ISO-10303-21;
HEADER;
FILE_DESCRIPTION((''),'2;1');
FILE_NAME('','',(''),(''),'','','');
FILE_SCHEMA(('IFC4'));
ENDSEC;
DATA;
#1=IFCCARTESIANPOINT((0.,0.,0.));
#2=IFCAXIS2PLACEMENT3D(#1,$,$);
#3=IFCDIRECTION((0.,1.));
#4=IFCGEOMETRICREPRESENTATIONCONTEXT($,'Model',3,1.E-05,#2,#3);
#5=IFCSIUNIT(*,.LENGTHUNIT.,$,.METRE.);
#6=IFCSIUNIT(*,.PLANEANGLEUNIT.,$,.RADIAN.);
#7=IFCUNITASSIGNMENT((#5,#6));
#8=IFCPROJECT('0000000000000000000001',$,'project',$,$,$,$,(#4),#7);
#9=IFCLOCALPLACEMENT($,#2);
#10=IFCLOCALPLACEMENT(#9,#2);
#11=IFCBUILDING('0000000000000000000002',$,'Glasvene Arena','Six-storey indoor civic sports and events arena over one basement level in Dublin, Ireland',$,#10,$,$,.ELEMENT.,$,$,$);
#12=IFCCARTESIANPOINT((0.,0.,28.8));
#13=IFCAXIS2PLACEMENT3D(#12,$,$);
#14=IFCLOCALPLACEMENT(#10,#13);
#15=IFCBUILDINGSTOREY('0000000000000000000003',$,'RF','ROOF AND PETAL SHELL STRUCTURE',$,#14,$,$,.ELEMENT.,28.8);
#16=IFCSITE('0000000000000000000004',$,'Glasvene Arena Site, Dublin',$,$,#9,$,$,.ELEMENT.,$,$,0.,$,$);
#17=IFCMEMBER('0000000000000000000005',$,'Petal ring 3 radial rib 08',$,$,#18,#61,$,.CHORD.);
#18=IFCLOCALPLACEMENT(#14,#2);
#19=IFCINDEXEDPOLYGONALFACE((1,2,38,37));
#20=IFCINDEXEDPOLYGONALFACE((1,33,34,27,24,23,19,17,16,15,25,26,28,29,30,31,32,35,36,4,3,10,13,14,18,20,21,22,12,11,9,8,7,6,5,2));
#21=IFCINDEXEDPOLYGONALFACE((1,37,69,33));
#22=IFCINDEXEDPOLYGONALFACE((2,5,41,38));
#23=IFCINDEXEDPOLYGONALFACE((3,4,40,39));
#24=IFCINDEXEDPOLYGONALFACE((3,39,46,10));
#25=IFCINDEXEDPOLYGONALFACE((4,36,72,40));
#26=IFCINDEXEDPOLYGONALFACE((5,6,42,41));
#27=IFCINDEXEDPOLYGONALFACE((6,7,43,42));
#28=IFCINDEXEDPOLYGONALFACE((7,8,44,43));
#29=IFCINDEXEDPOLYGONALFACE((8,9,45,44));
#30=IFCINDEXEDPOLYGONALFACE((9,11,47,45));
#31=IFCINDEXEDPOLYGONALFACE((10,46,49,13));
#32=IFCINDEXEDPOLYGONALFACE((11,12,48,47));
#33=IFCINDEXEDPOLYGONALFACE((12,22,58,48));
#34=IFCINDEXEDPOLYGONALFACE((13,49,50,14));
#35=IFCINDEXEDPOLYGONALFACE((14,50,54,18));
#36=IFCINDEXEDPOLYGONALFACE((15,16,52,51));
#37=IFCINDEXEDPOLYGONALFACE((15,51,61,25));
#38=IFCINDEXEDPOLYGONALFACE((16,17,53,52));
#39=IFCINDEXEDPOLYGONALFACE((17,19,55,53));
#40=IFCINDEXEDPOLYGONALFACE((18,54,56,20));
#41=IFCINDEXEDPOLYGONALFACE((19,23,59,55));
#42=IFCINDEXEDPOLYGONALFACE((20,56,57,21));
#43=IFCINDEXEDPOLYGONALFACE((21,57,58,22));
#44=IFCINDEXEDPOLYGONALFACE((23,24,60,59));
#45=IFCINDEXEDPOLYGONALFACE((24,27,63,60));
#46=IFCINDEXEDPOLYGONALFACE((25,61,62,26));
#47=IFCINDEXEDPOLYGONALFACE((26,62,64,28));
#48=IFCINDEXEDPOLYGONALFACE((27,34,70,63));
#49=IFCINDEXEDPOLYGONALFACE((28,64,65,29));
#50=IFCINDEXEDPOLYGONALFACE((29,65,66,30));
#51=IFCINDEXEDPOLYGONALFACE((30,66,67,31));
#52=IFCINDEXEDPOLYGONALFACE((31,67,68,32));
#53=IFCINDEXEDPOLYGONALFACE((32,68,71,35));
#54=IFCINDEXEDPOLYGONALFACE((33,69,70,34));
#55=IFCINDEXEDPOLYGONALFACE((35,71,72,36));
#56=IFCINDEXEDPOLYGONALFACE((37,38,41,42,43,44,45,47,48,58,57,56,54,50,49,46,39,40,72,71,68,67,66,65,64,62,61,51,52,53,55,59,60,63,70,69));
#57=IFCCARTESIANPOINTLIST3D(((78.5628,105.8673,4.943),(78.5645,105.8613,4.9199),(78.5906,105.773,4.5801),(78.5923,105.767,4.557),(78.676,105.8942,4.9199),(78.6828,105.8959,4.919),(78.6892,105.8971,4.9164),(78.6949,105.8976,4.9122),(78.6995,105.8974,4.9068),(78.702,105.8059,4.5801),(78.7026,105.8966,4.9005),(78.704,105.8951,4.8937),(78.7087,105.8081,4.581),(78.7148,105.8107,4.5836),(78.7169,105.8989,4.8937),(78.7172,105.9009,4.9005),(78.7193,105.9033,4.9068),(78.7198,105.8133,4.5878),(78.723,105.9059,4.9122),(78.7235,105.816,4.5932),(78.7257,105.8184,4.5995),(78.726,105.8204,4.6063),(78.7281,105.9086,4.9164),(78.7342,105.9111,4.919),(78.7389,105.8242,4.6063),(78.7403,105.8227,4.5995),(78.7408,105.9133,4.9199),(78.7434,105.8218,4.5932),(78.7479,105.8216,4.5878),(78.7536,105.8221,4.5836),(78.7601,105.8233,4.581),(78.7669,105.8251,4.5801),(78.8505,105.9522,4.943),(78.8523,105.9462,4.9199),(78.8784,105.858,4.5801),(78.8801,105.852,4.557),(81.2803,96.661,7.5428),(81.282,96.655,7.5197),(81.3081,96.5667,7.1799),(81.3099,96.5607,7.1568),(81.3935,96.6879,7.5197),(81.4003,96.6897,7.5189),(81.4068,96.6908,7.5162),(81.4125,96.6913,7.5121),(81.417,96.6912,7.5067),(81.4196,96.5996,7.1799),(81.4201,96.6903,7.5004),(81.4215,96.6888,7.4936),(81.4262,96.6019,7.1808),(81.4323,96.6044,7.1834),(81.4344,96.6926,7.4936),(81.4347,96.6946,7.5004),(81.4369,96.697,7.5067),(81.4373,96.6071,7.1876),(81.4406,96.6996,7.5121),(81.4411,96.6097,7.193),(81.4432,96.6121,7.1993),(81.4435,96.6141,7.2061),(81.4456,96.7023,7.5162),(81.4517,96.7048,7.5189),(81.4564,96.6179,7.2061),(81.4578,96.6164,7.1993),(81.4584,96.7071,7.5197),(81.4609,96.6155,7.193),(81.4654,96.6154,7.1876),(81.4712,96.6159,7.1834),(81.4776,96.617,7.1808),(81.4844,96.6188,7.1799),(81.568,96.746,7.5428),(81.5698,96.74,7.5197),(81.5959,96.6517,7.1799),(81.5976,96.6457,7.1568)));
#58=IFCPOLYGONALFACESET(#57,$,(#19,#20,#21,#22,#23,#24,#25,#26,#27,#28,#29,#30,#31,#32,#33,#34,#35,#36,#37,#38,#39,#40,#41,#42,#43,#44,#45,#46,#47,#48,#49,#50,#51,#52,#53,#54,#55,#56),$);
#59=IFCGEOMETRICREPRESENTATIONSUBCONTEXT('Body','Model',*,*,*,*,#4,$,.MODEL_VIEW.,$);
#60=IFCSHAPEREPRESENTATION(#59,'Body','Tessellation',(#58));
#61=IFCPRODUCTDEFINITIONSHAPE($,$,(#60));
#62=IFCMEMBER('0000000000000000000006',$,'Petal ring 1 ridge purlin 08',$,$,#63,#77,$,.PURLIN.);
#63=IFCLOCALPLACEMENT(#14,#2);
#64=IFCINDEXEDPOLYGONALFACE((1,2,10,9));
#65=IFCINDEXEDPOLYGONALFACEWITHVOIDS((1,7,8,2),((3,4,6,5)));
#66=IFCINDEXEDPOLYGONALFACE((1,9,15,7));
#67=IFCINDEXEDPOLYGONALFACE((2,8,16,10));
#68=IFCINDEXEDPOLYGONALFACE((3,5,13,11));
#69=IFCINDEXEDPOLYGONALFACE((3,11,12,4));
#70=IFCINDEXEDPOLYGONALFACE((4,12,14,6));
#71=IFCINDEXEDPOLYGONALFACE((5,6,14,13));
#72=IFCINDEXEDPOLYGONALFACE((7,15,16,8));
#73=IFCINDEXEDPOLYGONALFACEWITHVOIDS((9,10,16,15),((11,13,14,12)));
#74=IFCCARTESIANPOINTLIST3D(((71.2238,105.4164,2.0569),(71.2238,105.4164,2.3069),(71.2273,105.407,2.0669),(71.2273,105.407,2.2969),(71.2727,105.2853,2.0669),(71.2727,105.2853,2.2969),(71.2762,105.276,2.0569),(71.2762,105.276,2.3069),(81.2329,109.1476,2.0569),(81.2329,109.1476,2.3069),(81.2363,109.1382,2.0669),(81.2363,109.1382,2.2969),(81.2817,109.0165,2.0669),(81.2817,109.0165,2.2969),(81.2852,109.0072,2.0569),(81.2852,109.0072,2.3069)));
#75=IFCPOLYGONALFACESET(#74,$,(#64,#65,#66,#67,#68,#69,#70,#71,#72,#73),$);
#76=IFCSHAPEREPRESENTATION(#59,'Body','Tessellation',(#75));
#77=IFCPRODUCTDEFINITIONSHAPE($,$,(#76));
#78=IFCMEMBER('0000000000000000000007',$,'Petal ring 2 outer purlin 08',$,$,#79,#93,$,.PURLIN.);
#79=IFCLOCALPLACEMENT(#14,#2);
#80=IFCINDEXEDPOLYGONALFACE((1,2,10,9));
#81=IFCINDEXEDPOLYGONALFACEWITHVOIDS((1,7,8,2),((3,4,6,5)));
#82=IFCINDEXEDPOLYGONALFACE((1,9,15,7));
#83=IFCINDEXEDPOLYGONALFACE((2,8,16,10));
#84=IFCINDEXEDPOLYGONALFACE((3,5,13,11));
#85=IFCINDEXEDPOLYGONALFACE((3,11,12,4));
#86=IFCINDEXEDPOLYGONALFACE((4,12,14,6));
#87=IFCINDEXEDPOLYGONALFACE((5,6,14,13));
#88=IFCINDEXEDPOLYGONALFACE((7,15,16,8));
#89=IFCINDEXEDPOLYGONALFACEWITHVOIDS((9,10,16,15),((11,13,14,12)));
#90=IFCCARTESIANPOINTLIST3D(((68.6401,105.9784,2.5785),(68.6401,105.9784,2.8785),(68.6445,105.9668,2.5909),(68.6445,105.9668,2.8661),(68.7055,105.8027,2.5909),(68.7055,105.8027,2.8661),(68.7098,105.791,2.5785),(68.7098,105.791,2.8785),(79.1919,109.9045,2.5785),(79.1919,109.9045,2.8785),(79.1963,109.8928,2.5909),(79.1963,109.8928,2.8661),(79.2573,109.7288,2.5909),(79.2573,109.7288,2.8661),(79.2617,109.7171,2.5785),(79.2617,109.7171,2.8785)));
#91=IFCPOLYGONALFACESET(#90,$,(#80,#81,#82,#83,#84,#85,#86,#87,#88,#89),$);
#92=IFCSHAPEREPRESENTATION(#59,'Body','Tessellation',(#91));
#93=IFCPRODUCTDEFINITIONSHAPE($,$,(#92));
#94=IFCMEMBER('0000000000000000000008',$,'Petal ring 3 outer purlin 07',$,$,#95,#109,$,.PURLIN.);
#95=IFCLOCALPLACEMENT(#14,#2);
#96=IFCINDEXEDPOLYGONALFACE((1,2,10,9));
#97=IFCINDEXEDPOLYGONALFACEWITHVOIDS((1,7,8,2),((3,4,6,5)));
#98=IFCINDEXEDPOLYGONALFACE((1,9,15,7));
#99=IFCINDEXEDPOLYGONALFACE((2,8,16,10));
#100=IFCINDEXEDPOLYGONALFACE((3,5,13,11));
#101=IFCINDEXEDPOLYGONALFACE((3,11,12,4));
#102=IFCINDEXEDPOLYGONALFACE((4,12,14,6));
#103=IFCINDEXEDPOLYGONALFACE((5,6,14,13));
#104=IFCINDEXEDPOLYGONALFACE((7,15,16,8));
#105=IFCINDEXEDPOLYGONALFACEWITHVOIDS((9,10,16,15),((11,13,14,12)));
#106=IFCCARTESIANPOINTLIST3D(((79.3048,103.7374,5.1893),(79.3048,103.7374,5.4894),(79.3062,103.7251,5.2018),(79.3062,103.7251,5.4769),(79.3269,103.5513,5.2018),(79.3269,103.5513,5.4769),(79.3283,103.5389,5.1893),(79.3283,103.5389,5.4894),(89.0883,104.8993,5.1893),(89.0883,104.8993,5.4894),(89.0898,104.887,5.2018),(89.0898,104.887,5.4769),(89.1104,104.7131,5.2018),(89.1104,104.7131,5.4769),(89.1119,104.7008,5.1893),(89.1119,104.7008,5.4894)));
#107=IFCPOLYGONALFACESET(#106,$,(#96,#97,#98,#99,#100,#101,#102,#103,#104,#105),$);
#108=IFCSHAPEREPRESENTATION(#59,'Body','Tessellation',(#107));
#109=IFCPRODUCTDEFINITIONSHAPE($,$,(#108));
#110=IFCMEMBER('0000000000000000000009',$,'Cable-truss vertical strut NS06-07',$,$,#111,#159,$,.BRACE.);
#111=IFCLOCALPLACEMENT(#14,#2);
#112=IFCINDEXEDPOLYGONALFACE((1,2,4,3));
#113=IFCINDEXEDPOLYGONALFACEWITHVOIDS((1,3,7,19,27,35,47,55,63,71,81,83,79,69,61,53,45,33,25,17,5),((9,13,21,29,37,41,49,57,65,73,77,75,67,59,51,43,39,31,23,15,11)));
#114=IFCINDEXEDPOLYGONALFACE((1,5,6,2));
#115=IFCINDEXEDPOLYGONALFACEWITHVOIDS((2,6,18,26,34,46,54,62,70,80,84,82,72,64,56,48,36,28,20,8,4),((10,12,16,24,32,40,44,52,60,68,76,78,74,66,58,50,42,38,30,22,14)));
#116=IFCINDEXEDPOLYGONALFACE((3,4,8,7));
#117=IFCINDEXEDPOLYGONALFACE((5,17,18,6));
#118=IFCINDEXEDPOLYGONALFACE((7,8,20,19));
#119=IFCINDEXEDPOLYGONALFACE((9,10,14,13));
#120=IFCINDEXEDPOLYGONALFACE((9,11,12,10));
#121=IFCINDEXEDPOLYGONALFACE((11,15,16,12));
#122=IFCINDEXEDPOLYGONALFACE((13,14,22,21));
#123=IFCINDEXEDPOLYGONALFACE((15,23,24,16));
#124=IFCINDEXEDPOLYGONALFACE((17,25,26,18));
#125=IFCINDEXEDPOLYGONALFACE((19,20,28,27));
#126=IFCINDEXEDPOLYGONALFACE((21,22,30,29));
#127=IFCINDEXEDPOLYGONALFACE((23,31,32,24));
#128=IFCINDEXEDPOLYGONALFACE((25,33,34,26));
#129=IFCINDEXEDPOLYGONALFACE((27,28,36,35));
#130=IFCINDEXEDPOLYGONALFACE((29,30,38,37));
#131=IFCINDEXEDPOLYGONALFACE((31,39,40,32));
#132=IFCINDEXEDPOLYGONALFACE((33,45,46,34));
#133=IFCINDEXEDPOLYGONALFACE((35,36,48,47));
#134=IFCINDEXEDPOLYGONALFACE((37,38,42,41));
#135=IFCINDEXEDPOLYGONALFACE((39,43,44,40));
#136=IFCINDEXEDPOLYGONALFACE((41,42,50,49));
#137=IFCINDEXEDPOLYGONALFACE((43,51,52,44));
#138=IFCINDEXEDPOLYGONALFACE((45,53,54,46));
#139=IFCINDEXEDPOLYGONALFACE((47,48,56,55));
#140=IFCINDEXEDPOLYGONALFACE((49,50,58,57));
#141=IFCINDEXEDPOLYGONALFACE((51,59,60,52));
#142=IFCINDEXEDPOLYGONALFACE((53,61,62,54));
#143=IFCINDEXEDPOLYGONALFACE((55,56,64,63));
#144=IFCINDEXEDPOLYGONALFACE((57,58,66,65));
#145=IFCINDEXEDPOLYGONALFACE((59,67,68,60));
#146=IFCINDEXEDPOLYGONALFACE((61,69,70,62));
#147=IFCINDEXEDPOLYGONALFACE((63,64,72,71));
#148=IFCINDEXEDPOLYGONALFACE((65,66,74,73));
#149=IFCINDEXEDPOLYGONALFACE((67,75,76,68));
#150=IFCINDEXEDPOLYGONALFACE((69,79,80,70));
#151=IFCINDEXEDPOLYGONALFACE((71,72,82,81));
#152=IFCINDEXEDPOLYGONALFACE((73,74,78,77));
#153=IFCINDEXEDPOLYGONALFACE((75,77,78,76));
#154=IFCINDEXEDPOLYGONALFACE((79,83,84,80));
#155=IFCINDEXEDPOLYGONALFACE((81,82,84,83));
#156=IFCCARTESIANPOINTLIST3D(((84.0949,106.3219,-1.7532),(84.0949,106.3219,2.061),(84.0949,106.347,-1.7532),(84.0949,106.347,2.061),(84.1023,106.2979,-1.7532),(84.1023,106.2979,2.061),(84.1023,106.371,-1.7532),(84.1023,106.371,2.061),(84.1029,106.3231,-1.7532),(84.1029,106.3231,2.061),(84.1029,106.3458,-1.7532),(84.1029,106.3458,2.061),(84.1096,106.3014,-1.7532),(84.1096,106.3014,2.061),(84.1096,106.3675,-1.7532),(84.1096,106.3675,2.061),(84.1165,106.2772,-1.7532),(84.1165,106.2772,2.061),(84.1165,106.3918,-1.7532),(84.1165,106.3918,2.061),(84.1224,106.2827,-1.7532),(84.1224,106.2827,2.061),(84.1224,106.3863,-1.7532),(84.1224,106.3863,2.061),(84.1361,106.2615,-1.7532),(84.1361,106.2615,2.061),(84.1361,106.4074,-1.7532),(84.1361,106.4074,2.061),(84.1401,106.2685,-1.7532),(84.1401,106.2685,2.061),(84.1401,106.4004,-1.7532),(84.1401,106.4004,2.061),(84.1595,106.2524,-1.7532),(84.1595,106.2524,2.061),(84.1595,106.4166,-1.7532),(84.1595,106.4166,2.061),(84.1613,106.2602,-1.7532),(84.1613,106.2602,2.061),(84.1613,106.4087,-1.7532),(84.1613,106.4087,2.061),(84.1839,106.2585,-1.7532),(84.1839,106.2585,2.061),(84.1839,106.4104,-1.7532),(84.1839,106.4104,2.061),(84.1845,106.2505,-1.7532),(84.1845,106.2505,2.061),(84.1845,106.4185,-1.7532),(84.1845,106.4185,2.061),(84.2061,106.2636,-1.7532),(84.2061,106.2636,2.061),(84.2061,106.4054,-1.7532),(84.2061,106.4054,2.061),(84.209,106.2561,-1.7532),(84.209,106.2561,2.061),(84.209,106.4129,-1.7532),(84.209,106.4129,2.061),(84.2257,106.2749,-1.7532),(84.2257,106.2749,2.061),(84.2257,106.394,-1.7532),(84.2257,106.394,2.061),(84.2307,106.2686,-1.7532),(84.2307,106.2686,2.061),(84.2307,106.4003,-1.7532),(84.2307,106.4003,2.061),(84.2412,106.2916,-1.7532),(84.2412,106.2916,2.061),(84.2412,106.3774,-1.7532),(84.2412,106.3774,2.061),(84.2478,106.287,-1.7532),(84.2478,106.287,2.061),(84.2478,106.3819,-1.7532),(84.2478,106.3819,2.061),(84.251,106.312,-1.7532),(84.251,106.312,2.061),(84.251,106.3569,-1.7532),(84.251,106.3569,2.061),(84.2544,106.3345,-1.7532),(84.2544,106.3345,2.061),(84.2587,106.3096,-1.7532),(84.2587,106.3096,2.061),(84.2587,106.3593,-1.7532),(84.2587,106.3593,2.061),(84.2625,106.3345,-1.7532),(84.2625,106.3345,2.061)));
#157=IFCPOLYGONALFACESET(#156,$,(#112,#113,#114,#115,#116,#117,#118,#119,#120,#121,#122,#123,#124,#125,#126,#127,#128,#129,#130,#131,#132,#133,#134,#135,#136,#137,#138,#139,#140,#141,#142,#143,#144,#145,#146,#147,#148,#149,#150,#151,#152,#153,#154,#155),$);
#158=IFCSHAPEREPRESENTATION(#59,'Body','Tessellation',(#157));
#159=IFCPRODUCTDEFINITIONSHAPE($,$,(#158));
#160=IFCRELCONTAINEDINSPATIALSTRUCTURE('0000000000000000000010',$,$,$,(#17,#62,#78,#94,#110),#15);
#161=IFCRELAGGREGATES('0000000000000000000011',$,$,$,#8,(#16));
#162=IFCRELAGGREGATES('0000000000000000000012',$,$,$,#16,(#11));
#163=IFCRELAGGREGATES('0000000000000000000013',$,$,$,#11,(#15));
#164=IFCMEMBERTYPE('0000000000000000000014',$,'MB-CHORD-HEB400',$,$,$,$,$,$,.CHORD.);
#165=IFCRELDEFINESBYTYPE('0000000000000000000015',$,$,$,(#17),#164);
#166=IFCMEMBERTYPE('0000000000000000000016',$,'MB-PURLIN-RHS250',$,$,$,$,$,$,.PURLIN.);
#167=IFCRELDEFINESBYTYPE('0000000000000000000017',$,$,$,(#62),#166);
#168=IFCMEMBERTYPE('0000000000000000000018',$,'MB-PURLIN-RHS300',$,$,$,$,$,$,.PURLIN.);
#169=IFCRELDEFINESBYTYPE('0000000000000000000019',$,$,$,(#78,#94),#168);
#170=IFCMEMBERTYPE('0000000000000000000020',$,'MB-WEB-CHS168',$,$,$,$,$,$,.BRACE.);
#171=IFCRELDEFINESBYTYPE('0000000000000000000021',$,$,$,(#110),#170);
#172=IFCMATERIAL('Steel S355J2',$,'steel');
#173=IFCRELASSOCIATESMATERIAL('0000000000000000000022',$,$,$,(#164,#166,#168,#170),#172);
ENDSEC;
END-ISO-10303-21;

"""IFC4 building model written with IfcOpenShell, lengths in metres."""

from ifc_helpers import new_model, si_unit, direction, frame, origin, origin_2d, place, context, subcontext, project, spatial, hollow_rectangle, hollow_circle, i_section, extrude, material, material_profile, profile_set, type_object, element, save


model = new_model("IFC4")

# Units and contexts
model_context = context("Model", 3, precision=1e-05, world=origin(), true_north=direction((0.0, 1.0)))
body_context = subcontext(model_context, "Body", "Model", "MODEL_VIEW")
ifc_project = project(units=[si_unit("LENGTHUNIT", "METRE"), si_unit("PLANEANGLEUNIT", "RADIAN")], contexts=[model_context])

# Site, building, storey
site_placement = place(None, origin())
site = spatial("IfcSite", under=ifc_project, at=site_placement, Name="Glasvene Arena Site, Dublin", CompositionType="ELEMENT", RefElevation=0.0)
building_placement = place(site_placement, origin())
building = spatial("IfcBuilding", under=site, at=building_placement, Name="Glasvene Arena", Description="Six-storey indoor civic sports and events arena over one basement level in Dublin, Ireland", CompositionType="ELEMENT")
storey_placement = place(building_placement, frame((0.0, 0.0, 28.8)))
storey = spatial("IfcBuildingStorey", under=building, at=storey_placement, Name="RF", Description="ROOF AND PETAL SHELL STRUCTURE", CompositionType="ELEMENT", Elevation=28.8)

# Members
ifc_material_1 = material(Name="Steel S355J2", Category="steel")
ifc_material_profile_1 = material_profile(ifc_material_1, i_section(OverallWidth=0.3, OverallDepth=0.3999, WebThickness=0.0134, FlangeThickness=0.0239, FilletRadius=0.0271, at=origin_2d()), Name="HEB 400")
ifc_profile_set_1 = profile_set([ifc_material_profile_1], Name="Steel S355J2")
member_type_1 = type_object("IfcMemberType", Name="MB-CHORD-HEB400", PredefinedType="CHORD", material=ifc_profile_set_1)
member_1_placement = place(storey_placement, frame((78.7214, 105.8596, 4.75), z_axis=(0.27326, -0.925735, 0.261427), x_axis=(0.959089, 0.283105, 0.0)))
element("IfcMember", 1, at=member_1_placement, inside=storey, type_object=member_type_1, Name="Petal ring 3 radial rib 08", PredefinedType="CHORD", context=body_context, shape_type="SweptSolid", body=[
    extrude(i_section(OverallWidth=0.3, OverallDepth=0.3999, WebThickness=0.0134, FlangeThickness=0.0239, FilletRadius=0.0271, at=origin_2d()), origin(), (0.0, 0.0, 1.0), 9.9448),
])
ifc_material_profile_2 = material_profile(ifc_material_1, hollow_rectangle(XDim=0.1499, YDim=0.25, WallThickness=0.01, at=origin_2d()), Name="RHS 250x150x10.0")
ifc_profile_set_2 = profile_set([ifc_material_profile_2], Name="Steel S355J2")
member_type_2 = type_object("IfcMemberType", Name="MB-PURLIN-RHS250", PredefinedType="PURLIN", material=ifc_profile_set_2)
member_2_placement = place(storey_placement, frame((81.259, 109.0774, 2.1819), z_axis=(-0.93701, -0.349302, 0.0), x_axis=(0.349302, -0.93701, 0.0)))
element("IfcMember", 2, at=member_2_placement, inside=storey, type_object=member_type_2, Name="Petal ring 1 ridge purlin 08", PredefinedType="PURLIN", context=body_context, shape_type="SweptSolid", body=[
    extrude(hollow_rectangle(XDim=0.1499, YDim=0.25, WallThickness=0.01, at=origin_2d()), origin(), (0.0, 0.0, 1.0), 10.6819),
])
ifc_material_profile_3 = material_profile(ifc_material_1, hollow_rectangle(XDim=0.2, YDim=0.3, WallThickness=0.0125, at=origin_2d()), Name="RHS 300x200x12.5")
ifc_profile_set_3 = profile_set([ifc_material_profile_3], Name="Steel S355J2")
member_type_3 = type_object("IfcMemberType", Name="MB-PURLIN-RHS300", PredefinedType="PURLIN", material=ifc_profile_set_3)
member_3_placement = place(storey_placement, frame((79.2268, 109.8108, 2.7285), z_axis=(-0.937228, -0.348717, 0.0), x_axis=(0.348717, -0.937228, 0.0)))
element("IfcMember", 3, at=member_3_placement, inside=storey, type_object=member_type_3, Name="Petal ring 2 outer purlin 08", PredefinedType="PURLIN", context=body_context, shape_type="SweptSolid", body=[
    extrude(hollow_rectangle(XDim=0.2, YDim=0.3, WallThickness=0.0125, at=origin_2d()), origin(), (0.0, 0.0, 1.0), 11.2585),
])
member_4_placement = place(storey_placement, frame((89.1001, 104.8, 5.3394), z_axis=(-0.993022, -0.11793, 0.0), x_axis=(0.11793, -0.993022, 0.0)))
element("IfcMember", 4, at=member_4_placement, inside=storey, type_object=member_type_3, Name="Petal ring 3 outer purlin 07", PredefinedType="PURLIN", context=body_context, shape_type="SweptSolid", body=[
    extrude(hollow_rectangle(XDim=0.2, YDim=0.3, WallThickness=0.0125, at=origin_2d()), origin(), (0.0, 0.0, 1.0), 9.8523),
])
ifc_material_profile_4 = material_profile(ifc_material_1, hollow_circle(Radius=0.0842, WallThickness=0.0081, at=origin_2d()), Name="CHS 168.3x8.0")
ifc_profile_set_4 = profile_set([ifc_material_profile_4], Name="Steel S355J2")
member_type_4 = type_object("IfcMemberType", Name="MB-WEB-CHS168", PredefinedType="BRACE", material=ifc_profile_set_4)
member_5_placement = place(storey_placement, frame((84.1782, 106.3345, -1.7532), z_axis=(0.0, 0.0, 1.0), x_axis=(1.0, 0.0, 0.0)))
element("IfcMember", 5, at=member_5_placement, inside=storey, type_object=member_type_4, Name="Cable-truss vertical strut NS06-07", PredefinedType="BRACE", context=body_context, shape_type="SweptSolid", body=[
    extrude(hollow_circle(Radius=0.0842, WallThickness=0.0081, at=origin_2d()), origin(), (0.0, 0.0, 1.0), 3.8142),
])

save(model, "model.ifc")
